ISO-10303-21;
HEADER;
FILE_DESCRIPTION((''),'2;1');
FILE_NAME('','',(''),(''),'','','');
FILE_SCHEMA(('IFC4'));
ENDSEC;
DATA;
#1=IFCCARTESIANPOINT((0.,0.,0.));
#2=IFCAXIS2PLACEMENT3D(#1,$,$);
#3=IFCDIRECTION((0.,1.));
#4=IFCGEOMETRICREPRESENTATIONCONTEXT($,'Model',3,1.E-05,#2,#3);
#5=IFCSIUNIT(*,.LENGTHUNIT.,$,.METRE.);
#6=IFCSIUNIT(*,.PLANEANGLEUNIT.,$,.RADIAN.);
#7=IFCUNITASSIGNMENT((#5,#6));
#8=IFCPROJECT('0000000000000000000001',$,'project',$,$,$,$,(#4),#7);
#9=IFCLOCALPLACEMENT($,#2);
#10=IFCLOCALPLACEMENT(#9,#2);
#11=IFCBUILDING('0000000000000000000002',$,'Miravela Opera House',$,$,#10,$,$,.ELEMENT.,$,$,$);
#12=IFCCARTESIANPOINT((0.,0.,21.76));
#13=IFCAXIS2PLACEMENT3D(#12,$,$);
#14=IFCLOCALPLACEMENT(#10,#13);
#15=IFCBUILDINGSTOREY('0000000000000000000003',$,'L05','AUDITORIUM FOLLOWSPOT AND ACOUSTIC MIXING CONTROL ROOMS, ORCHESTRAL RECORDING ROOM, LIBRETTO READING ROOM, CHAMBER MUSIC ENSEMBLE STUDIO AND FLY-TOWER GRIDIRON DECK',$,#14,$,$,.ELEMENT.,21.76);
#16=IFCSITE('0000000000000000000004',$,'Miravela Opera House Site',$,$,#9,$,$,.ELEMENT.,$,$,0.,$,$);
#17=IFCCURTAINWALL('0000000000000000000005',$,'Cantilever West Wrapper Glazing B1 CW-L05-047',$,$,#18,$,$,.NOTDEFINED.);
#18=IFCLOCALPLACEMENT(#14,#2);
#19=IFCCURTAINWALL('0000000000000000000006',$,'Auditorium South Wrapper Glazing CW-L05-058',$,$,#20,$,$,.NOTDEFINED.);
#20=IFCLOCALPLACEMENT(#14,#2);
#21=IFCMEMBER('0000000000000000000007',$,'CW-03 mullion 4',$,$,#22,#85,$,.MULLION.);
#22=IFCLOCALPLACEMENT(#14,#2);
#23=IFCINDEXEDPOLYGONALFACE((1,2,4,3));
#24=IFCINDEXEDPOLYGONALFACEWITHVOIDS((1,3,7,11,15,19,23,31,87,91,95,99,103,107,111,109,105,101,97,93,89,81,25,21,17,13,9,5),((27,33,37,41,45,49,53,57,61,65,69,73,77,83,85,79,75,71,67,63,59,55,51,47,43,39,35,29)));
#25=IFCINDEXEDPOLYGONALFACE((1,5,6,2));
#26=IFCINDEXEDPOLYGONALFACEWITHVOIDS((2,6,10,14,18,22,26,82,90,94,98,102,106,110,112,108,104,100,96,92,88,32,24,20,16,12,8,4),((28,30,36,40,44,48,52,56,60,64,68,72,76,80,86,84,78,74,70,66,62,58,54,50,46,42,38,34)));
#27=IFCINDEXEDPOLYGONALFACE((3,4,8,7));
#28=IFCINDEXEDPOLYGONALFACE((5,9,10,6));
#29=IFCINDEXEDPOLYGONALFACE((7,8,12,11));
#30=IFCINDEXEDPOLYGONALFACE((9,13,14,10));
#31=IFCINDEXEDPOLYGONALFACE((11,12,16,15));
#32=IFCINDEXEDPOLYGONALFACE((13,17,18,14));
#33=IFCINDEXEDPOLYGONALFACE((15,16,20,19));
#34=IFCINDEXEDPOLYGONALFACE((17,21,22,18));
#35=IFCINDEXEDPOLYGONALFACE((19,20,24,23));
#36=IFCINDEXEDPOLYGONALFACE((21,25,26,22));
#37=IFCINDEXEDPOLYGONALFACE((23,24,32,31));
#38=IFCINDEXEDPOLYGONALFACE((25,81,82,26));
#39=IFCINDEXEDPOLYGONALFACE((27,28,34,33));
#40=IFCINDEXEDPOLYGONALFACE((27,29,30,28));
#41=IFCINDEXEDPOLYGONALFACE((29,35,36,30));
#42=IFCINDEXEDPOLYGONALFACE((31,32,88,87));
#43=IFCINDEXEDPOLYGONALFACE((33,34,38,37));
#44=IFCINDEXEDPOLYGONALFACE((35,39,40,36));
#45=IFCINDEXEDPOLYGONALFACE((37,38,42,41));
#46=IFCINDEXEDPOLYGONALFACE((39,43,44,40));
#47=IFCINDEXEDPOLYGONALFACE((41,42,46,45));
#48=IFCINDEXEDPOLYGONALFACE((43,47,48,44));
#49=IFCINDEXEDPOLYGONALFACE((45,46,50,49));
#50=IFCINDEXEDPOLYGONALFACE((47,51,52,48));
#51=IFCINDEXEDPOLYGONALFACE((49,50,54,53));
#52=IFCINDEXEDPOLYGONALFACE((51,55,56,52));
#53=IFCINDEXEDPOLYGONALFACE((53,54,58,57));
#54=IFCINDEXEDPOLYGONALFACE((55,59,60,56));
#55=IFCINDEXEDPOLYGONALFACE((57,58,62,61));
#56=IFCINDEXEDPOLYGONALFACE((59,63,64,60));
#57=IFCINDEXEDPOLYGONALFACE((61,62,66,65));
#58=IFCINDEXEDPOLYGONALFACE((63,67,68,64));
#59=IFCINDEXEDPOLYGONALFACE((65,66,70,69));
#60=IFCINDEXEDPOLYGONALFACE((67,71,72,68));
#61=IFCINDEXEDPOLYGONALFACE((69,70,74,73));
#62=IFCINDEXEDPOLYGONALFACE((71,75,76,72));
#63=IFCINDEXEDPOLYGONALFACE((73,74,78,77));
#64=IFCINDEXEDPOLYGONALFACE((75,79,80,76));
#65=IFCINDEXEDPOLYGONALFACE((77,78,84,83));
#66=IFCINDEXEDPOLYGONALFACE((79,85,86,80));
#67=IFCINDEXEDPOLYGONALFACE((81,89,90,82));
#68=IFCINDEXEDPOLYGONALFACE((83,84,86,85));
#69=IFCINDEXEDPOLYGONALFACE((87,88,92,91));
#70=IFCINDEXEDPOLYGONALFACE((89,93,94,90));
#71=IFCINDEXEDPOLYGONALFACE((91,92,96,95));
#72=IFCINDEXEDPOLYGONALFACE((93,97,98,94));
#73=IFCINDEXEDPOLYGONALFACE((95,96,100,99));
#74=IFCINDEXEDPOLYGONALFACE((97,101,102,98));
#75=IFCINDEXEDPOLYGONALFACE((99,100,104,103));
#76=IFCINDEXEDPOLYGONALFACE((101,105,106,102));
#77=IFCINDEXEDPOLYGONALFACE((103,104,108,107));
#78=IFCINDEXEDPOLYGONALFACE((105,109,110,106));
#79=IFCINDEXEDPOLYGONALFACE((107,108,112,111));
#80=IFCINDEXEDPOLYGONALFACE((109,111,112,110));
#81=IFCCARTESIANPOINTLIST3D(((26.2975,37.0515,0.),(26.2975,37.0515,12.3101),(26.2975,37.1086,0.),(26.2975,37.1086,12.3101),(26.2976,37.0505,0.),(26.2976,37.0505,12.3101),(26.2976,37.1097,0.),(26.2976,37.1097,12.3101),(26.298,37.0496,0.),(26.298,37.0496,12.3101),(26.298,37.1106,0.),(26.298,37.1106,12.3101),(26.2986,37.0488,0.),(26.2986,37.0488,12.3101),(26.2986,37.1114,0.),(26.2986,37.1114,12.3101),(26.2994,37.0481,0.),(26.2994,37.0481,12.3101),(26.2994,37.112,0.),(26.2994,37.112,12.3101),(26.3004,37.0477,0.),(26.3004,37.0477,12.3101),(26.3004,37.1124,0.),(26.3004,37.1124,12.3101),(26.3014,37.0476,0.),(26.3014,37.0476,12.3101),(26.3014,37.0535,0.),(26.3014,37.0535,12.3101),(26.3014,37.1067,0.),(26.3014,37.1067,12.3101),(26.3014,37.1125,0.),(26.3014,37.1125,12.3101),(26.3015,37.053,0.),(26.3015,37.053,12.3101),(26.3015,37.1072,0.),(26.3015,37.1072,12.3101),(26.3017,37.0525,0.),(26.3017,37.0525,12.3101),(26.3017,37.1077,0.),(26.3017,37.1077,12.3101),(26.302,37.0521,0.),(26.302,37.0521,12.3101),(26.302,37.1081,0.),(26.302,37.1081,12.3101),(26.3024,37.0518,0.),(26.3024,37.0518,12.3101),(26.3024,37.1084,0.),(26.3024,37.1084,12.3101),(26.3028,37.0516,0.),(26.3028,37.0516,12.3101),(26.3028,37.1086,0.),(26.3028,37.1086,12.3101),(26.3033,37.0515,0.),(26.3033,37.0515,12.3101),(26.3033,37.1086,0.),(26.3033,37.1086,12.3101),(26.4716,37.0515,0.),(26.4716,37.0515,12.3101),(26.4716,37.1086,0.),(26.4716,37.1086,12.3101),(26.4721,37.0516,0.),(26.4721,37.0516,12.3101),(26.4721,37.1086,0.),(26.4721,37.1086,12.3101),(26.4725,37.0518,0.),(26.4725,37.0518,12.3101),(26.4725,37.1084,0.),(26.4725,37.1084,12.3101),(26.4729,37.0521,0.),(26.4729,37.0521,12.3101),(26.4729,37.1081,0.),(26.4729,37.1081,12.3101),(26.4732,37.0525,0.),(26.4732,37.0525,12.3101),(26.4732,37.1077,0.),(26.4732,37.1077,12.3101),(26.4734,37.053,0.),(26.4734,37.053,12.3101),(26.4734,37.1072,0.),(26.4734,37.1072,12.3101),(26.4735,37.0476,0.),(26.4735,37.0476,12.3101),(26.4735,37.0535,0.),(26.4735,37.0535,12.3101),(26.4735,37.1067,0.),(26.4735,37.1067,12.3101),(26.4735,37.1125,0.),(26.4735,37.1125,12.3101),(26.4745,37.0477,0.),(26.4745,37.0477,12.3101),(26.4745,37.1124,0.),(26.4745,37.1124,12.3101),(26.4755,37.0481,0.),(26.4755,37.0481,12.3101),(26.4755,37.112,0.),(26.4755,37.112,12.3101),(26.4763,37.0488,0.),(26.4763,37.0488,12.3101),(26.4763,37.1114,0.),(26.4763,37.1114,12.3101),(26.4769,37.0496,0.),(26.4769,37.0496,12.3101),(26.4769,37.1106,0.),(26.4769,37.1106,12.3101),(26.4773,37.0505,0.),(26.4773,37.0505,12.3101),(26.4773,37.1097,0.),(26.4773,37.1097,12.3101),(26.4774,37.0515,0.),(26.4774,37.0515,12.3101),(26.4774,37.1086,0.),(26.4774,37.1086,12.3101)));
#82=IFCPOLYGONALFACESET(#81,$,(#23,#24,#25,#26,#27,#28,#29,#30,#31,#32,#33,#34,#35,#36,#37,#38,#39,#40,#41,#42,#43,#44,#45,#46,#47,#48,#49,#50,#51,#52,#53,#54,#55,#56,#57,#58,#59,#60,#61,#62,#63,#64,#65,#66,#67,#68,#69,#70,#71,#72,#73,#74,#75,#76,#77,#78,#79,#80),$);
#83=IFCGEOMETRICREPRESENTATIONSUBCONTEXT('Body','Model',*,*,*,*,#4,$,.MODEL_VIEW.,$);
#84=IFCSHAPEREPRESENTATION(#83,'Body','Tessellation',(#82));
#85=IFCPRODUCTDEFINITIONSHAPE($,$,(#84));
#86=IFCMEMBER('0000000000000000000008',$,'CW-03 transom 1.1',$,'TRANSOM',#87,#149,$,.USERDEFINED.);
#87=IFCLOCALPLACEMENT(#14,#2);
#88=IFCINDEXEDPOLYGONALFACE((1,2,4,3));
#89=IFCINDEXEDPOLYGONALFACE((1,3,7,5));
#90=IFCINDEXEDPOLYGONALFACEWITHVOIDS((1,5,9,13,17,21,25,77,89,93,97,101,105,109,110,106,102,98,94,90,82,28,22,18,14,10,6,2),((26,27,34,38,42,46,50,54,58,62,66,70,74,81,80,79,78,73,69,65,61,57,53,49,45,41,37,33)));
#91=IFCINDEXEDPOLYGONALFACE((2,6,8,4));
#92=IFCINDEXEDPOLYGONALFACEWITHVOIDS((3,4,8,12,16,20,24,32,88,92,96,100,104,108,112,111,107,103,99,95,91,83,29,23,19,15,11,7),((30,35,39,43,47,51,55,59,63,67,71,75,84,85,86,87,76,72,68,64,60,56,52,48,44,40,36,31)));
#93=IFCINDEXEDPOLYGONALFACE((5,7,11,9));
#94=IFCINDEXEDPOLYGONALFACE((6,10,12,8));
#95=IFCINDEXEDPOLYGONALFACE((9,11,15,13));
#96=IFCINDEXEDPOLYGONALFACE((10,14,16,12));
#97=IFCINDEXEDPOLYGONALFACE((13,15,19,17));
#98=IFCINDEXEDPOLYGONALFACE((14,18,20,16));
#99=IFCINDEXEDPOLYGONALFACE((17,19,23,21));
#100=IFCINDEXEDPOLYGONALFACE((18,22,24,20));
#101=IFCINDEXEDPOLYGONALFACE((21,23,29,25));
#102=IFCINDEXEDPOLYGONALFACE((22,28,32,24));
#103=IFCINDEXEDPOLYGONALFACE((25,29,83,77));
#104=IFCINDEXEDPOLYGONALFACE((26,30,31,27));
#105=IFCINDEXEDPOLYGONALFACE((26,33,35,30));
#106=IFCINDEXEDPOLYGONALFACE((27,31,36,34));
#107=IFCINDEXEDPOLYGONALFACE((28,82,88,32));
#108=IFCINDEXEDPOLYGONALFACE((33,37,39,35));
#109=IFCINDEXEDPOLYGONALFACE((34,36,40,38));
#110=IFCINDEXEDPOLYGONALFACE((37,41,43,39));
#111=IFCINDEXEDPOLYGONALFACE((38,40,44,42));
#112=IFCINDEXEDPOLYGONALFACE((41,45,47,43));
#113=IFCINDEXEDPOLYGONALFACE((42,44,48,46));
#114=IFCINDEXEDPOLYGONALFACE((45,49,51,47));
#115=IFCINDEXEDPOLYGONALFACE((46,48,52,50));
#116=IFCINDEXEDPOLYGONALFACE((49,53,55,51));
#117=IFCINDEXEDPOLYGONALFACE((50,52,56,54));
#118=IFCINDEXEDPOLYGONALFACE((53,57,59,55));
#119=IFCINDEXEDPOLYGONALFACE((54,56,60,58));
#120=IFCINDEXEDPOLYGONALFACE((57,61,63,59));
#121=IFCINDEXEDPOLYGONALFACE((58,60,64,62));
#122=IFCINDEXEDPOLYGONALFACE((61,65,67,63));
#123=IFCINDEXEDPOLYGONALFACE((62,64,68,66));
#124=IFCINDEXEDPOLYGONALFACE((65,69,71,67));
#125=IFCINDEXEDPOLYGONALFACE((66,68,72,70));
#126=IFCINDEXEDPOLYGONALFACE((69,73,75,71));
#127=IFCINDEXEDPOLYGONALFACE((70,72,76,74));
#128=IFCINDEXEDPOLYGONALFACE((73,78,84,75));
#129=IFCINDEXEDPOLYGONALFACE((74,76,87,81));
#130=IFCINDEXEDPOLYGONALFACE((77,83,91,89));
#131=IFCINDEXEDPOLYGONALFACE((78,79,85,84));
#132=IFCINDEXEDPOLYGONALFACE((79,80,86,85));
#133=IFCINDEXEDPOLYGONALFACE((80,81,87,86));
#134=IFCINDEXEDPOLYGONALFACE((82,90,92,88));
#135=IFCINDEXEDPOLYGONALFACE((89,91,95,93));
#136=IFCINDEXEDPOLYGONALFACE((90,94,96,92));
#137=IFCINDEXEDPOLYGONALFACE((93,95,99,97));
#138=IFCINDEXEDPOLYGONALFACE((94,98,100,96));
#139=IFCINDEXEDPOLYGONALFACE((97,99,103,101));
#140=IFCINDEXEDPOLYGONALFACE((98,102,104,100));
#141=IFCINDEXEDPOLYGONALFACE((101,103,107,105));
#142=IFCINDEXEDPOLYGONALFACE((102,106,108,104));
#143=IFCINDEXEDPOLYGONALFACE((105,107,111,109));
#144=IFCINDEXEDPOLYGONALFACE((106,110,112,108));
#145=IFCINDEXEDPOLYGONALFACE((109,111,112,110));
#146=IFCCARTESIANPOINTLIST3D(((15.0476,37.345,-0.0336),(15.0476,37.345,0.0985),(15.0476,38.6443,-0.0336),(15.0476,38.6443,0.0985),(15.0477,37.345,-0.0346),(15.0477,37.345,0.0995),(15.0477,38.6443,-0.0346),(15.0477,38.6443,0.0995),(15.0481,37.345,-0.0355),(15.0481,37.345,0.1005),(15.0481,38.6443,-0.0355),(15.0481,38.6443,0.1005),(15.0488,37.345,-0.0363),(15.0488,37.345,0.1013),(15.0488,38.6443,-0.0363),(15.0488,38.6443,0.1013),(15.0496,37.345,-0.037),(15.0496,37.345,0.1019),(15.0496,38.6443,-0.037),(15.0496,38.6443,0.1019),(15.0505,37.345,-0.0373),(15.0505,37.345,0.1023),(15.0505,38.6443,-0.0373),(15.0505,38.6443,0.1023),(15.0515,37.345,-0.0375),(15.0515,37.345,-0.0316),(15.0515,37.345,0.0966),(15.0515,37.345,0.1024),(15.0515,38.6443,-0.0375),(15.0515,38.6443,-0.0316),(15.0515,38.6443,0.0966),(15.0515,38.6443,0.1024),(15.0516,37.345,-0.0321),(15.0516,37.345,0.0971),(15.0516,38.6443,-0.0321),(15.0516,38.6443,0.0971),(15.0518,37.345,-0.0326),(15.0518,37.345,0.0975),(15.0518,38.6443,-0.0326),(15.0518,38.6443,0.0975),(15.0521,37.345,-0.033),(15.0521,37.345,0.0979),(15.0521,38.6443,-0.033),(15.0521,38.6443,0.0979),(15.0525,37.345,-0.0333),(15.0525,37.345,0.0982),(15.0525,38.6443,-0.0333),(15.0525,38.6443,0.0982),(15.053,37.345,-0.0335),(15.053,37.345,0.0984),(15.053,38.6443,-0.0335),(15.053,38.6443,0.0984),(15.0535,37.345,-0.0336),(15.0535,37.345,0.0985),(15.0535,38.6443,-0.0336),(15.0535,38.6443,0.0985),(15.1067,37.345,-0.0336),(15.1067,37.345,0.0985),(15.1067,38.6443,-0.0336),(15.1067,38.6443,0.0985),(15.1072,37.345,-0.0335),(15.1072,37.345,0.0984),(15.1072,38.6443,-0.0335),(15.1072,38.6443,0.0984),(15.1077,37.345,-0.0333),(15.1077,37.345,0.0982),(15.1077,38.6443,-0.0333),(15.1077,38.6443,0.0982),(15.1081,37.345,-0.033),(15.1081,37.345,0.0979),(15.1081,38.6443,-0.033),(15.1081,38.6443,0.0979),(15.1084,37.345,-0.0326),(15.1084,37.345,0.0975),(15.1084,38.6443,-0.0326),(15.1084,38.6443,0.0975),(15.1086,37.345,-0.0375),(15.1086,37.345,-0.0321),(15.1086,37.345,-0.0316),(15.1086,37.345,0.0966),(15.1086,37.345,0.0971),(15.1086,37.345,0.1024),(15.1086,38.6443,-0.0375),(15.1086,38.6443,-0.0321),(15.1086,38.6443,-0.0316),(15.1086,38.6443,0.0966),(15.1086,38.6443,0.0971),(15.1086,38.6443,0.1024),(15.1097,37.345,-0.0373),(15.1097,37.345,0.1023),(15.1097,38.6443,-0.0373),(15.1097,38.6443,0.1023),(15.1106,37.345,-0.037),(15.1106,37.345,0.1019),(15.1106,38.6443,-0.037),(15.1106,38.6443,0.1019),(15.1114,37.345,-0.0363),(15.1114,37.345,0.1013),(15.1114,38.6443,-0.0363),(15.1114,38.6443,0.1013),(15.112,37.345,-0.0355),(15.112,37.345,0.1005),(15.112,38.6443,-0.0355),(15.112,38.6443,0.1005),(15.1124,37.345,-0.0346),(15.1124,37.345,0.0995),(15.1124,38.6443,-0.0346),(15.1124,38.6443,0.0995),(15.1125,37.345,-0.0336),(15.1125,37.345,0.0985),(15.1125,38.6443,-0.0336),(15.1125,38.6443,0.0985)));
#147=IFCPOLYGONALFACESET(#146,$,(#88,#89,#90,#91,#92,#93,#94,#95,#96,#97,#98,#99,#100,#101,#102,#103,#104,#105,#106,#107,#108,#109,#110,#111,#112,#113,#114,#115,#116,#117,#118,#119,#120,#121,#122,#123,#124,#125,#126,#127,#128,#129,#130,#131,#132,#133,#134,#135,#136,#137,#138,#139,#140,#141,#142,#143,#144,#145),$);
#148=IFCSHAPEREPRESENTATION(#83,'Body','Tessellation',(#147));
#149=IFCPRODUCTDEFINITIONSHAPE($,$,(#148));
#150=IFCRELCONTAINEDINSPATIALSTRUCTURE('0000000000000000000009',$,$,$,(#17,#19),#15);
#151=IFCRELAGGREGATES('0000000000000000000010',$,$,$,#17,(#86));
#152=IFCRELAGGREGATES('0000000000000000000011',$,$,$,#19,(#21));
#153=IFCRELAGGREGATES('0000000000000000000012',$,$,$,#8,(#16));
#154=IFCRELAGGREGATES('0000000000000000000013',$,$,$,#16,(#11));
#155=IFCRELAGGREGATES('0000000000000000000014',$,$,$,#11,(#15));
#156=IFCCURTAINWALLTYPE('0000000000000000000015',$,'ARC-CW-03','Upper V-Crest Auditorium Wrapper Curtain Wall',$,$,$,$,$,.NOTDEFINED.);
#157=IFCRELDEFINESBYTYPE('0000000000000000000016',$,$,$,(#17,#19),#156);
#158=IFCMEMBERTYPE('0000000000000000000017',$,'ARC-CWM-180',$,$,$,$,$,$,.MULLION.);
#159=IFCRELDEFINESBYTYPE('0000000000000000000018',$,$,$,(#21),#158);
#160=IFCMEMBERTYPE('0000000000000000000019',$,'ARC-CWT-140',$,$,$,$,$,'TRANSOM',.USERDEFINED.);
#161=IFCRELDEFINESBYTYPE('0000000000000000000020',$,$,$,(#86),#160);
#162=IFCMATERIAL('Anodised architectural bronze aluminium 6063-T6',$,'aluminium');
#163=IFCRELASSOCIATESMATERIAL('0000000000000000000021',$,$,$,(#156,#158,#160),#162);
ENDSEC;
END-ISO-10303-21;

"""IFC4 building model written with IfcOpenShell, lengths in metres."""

from ifc_helpers import new_model, si_unit, direction, frame, origin, origin_2d, place, context, subcontext, project, spatial, hollow_rectangle, extrude, material, material_profile, profile_set, type_object, element, aggregate, save


model = new_model("IFC4")

# Units and contexts
model_context = context("Model", 3, precision=1e-05, world=origin(), true_north=direction((0.0, 1.0)))
body_context = subcontext(model_context, "Body", "Model", "MODEL_VIEW")
ifc_project = project(units=[si_unit("LENGTHUNIT", "METRE"), si_unit("PLANEANGLEUNIT", "RADIAN")], contexts=[model_context])

# Site, building, storey
site_placement = place(None, origin())
site = spatial("IfcSite", under=ifc_project, at=site_placement, Name="Miravela Opera House Site", CompositionType="ELEMENT", RefElevation=0.0)
building_placement = place(site_placement, origin())
building = spatial("IfcBuilding", under=site, at=building_placement, Name="Miravela Opera House", CompositionType="ELEMENT")
storey_placement = place(building_placement, frame((0.0, 0.0, 21.76)))
storey = spatial("IfcBuildingStorey", under=building, at=storey_placement, Name="L05", Description="AUDITORIUM FOLLOWSPOT AND ACOUSTIC MIXING CONTROL ROOMS, ORCHESTRAL RECORDING ROOM, LIBRETTO READING ROOM, CHAMBER MUSIC ENSEMBLE STUDIO AND FLY-TOWER GRIDIRON DECK", CompositionType="ELEMENT", Elevation=21.76)

# Curtain walls, member
ifc_material_1 = material(Name="Anodised architectural bronze aluminium 6063-T6", Category="aluminium")
curtain_wall_type = type_object("IfcCurtainWallType", Name="ARC-CW-03", Description="Upper V-Crest Auditorium Wrapper Curtain Wall", PredefinedType="NOTDEFINED", material=ifc_material_1)
curtain_wall_1_placement = place(storey_placement, origin())
curtain_wall_1 = element("IfcCurtainWall", 1, at=curtain_wall_1_placement, inside=storey, type_object=curtain_wall_type, Name="Cantilever West Wrapper Glazing B1 CW-L05-047", PredefinedType="NOTDEFINED")
ifc_material_profile_1 = material_profile(ifc_material_1, hollow_rectangle(XDim=0.0649, YDim=0.1799, WallThickness=0.0039, InnerFilletRadius=0.002, OuterFilletRadius=0.0039, at=origin_2d()), Name="CWM-65X180")
ifc_profile_set_1 = profile_set([ifc_material_profile_1])
member_type_1 = type_object("IfcMemberType", Name="ARC-CWM-180", PredefinedType="MULLION", material=ifc_profile_set_1)
curtain_wall_2_placement = place(storey_placement, origin())
curtain_wall_2 = element("IfcCurtainWall", 2, at=curtain_wall_2_placement, inside=storey, type_object=curtain_wall_type, Name="Auditorium South Wrapper Glazing CW-L05-058", PredefinedType="NOTDEFINED")
member_1_placement = place(storey_placement, frame((26.3875, 37.0801, 0.0), z_axis=(0.0, 0.0, 1.0), x_axis=(0.0, 1.0, 0.0)))
member_1 = element("IfcMember", 3, at=member_1_placement, type_object=member_type_1, Name="CW-03 mullion 4", PredefinedType="MULLION", context=body_context, shape_type="SweptSolid", body=[
    extrude(hollow_rectangle(XDim=0.0649, YDim=0.1799, WallThickness=0.0039, InnerFilletRadius=0.002, OuterFilletRadius=0.0039, at=origin_2d()), origin(), (0.0, 0.0, 1.0), 12.3101),
])

# Member
ifc_material_profile_2 = material_profile(ifc_material_1, hollow_rectangle(XDim=0.0649, YDim=0.1399, WallThickness=0.0039, InnerFilletRadius=0.002, OuterFilletRadius=0.0039, at=origin_2d()), Name="CWT-65X140")
ifc_profile_set_2 = profile_set([ifc_material_profile_2])
member_type_2 = type_object("IfcMemberType", Name="ARC-CWT-140", ElementType="TRANSOM", PredefinedType="USERDEFINED", material=ifc_profile_set_2)
member_2_placement = place(storey_placement, frame((15.0801, 37.345, 0.0325), z_axis=(0.0, 1.0, 0.0), x_axis=(-1.0, 0.0, 0.0)))
member_2 = element("IfcMember", 4, at=member_2_placement, type_object=member_type_2, Name="CW-03 transom 1.1", ObjectType="TRANSOM", PredefinedType="USERDEFINED", context=body_context, shape_type="SweptSolid", body=[
    extrude(hollow_rectangle(XDim=0.0649, YDim=0.1399, WallThickness=0.0039, InnerFilletRadius=0.002, OuterFilletRadius=0.0039, at=origin_2d()), origin(), (0.0, 0.0, 1.0), 1.2993),
])

aggregate(curtain_wall_1, [member_2])
aggregate(curtain_wall_2, [member_1])

save(model, "model.ifc")
